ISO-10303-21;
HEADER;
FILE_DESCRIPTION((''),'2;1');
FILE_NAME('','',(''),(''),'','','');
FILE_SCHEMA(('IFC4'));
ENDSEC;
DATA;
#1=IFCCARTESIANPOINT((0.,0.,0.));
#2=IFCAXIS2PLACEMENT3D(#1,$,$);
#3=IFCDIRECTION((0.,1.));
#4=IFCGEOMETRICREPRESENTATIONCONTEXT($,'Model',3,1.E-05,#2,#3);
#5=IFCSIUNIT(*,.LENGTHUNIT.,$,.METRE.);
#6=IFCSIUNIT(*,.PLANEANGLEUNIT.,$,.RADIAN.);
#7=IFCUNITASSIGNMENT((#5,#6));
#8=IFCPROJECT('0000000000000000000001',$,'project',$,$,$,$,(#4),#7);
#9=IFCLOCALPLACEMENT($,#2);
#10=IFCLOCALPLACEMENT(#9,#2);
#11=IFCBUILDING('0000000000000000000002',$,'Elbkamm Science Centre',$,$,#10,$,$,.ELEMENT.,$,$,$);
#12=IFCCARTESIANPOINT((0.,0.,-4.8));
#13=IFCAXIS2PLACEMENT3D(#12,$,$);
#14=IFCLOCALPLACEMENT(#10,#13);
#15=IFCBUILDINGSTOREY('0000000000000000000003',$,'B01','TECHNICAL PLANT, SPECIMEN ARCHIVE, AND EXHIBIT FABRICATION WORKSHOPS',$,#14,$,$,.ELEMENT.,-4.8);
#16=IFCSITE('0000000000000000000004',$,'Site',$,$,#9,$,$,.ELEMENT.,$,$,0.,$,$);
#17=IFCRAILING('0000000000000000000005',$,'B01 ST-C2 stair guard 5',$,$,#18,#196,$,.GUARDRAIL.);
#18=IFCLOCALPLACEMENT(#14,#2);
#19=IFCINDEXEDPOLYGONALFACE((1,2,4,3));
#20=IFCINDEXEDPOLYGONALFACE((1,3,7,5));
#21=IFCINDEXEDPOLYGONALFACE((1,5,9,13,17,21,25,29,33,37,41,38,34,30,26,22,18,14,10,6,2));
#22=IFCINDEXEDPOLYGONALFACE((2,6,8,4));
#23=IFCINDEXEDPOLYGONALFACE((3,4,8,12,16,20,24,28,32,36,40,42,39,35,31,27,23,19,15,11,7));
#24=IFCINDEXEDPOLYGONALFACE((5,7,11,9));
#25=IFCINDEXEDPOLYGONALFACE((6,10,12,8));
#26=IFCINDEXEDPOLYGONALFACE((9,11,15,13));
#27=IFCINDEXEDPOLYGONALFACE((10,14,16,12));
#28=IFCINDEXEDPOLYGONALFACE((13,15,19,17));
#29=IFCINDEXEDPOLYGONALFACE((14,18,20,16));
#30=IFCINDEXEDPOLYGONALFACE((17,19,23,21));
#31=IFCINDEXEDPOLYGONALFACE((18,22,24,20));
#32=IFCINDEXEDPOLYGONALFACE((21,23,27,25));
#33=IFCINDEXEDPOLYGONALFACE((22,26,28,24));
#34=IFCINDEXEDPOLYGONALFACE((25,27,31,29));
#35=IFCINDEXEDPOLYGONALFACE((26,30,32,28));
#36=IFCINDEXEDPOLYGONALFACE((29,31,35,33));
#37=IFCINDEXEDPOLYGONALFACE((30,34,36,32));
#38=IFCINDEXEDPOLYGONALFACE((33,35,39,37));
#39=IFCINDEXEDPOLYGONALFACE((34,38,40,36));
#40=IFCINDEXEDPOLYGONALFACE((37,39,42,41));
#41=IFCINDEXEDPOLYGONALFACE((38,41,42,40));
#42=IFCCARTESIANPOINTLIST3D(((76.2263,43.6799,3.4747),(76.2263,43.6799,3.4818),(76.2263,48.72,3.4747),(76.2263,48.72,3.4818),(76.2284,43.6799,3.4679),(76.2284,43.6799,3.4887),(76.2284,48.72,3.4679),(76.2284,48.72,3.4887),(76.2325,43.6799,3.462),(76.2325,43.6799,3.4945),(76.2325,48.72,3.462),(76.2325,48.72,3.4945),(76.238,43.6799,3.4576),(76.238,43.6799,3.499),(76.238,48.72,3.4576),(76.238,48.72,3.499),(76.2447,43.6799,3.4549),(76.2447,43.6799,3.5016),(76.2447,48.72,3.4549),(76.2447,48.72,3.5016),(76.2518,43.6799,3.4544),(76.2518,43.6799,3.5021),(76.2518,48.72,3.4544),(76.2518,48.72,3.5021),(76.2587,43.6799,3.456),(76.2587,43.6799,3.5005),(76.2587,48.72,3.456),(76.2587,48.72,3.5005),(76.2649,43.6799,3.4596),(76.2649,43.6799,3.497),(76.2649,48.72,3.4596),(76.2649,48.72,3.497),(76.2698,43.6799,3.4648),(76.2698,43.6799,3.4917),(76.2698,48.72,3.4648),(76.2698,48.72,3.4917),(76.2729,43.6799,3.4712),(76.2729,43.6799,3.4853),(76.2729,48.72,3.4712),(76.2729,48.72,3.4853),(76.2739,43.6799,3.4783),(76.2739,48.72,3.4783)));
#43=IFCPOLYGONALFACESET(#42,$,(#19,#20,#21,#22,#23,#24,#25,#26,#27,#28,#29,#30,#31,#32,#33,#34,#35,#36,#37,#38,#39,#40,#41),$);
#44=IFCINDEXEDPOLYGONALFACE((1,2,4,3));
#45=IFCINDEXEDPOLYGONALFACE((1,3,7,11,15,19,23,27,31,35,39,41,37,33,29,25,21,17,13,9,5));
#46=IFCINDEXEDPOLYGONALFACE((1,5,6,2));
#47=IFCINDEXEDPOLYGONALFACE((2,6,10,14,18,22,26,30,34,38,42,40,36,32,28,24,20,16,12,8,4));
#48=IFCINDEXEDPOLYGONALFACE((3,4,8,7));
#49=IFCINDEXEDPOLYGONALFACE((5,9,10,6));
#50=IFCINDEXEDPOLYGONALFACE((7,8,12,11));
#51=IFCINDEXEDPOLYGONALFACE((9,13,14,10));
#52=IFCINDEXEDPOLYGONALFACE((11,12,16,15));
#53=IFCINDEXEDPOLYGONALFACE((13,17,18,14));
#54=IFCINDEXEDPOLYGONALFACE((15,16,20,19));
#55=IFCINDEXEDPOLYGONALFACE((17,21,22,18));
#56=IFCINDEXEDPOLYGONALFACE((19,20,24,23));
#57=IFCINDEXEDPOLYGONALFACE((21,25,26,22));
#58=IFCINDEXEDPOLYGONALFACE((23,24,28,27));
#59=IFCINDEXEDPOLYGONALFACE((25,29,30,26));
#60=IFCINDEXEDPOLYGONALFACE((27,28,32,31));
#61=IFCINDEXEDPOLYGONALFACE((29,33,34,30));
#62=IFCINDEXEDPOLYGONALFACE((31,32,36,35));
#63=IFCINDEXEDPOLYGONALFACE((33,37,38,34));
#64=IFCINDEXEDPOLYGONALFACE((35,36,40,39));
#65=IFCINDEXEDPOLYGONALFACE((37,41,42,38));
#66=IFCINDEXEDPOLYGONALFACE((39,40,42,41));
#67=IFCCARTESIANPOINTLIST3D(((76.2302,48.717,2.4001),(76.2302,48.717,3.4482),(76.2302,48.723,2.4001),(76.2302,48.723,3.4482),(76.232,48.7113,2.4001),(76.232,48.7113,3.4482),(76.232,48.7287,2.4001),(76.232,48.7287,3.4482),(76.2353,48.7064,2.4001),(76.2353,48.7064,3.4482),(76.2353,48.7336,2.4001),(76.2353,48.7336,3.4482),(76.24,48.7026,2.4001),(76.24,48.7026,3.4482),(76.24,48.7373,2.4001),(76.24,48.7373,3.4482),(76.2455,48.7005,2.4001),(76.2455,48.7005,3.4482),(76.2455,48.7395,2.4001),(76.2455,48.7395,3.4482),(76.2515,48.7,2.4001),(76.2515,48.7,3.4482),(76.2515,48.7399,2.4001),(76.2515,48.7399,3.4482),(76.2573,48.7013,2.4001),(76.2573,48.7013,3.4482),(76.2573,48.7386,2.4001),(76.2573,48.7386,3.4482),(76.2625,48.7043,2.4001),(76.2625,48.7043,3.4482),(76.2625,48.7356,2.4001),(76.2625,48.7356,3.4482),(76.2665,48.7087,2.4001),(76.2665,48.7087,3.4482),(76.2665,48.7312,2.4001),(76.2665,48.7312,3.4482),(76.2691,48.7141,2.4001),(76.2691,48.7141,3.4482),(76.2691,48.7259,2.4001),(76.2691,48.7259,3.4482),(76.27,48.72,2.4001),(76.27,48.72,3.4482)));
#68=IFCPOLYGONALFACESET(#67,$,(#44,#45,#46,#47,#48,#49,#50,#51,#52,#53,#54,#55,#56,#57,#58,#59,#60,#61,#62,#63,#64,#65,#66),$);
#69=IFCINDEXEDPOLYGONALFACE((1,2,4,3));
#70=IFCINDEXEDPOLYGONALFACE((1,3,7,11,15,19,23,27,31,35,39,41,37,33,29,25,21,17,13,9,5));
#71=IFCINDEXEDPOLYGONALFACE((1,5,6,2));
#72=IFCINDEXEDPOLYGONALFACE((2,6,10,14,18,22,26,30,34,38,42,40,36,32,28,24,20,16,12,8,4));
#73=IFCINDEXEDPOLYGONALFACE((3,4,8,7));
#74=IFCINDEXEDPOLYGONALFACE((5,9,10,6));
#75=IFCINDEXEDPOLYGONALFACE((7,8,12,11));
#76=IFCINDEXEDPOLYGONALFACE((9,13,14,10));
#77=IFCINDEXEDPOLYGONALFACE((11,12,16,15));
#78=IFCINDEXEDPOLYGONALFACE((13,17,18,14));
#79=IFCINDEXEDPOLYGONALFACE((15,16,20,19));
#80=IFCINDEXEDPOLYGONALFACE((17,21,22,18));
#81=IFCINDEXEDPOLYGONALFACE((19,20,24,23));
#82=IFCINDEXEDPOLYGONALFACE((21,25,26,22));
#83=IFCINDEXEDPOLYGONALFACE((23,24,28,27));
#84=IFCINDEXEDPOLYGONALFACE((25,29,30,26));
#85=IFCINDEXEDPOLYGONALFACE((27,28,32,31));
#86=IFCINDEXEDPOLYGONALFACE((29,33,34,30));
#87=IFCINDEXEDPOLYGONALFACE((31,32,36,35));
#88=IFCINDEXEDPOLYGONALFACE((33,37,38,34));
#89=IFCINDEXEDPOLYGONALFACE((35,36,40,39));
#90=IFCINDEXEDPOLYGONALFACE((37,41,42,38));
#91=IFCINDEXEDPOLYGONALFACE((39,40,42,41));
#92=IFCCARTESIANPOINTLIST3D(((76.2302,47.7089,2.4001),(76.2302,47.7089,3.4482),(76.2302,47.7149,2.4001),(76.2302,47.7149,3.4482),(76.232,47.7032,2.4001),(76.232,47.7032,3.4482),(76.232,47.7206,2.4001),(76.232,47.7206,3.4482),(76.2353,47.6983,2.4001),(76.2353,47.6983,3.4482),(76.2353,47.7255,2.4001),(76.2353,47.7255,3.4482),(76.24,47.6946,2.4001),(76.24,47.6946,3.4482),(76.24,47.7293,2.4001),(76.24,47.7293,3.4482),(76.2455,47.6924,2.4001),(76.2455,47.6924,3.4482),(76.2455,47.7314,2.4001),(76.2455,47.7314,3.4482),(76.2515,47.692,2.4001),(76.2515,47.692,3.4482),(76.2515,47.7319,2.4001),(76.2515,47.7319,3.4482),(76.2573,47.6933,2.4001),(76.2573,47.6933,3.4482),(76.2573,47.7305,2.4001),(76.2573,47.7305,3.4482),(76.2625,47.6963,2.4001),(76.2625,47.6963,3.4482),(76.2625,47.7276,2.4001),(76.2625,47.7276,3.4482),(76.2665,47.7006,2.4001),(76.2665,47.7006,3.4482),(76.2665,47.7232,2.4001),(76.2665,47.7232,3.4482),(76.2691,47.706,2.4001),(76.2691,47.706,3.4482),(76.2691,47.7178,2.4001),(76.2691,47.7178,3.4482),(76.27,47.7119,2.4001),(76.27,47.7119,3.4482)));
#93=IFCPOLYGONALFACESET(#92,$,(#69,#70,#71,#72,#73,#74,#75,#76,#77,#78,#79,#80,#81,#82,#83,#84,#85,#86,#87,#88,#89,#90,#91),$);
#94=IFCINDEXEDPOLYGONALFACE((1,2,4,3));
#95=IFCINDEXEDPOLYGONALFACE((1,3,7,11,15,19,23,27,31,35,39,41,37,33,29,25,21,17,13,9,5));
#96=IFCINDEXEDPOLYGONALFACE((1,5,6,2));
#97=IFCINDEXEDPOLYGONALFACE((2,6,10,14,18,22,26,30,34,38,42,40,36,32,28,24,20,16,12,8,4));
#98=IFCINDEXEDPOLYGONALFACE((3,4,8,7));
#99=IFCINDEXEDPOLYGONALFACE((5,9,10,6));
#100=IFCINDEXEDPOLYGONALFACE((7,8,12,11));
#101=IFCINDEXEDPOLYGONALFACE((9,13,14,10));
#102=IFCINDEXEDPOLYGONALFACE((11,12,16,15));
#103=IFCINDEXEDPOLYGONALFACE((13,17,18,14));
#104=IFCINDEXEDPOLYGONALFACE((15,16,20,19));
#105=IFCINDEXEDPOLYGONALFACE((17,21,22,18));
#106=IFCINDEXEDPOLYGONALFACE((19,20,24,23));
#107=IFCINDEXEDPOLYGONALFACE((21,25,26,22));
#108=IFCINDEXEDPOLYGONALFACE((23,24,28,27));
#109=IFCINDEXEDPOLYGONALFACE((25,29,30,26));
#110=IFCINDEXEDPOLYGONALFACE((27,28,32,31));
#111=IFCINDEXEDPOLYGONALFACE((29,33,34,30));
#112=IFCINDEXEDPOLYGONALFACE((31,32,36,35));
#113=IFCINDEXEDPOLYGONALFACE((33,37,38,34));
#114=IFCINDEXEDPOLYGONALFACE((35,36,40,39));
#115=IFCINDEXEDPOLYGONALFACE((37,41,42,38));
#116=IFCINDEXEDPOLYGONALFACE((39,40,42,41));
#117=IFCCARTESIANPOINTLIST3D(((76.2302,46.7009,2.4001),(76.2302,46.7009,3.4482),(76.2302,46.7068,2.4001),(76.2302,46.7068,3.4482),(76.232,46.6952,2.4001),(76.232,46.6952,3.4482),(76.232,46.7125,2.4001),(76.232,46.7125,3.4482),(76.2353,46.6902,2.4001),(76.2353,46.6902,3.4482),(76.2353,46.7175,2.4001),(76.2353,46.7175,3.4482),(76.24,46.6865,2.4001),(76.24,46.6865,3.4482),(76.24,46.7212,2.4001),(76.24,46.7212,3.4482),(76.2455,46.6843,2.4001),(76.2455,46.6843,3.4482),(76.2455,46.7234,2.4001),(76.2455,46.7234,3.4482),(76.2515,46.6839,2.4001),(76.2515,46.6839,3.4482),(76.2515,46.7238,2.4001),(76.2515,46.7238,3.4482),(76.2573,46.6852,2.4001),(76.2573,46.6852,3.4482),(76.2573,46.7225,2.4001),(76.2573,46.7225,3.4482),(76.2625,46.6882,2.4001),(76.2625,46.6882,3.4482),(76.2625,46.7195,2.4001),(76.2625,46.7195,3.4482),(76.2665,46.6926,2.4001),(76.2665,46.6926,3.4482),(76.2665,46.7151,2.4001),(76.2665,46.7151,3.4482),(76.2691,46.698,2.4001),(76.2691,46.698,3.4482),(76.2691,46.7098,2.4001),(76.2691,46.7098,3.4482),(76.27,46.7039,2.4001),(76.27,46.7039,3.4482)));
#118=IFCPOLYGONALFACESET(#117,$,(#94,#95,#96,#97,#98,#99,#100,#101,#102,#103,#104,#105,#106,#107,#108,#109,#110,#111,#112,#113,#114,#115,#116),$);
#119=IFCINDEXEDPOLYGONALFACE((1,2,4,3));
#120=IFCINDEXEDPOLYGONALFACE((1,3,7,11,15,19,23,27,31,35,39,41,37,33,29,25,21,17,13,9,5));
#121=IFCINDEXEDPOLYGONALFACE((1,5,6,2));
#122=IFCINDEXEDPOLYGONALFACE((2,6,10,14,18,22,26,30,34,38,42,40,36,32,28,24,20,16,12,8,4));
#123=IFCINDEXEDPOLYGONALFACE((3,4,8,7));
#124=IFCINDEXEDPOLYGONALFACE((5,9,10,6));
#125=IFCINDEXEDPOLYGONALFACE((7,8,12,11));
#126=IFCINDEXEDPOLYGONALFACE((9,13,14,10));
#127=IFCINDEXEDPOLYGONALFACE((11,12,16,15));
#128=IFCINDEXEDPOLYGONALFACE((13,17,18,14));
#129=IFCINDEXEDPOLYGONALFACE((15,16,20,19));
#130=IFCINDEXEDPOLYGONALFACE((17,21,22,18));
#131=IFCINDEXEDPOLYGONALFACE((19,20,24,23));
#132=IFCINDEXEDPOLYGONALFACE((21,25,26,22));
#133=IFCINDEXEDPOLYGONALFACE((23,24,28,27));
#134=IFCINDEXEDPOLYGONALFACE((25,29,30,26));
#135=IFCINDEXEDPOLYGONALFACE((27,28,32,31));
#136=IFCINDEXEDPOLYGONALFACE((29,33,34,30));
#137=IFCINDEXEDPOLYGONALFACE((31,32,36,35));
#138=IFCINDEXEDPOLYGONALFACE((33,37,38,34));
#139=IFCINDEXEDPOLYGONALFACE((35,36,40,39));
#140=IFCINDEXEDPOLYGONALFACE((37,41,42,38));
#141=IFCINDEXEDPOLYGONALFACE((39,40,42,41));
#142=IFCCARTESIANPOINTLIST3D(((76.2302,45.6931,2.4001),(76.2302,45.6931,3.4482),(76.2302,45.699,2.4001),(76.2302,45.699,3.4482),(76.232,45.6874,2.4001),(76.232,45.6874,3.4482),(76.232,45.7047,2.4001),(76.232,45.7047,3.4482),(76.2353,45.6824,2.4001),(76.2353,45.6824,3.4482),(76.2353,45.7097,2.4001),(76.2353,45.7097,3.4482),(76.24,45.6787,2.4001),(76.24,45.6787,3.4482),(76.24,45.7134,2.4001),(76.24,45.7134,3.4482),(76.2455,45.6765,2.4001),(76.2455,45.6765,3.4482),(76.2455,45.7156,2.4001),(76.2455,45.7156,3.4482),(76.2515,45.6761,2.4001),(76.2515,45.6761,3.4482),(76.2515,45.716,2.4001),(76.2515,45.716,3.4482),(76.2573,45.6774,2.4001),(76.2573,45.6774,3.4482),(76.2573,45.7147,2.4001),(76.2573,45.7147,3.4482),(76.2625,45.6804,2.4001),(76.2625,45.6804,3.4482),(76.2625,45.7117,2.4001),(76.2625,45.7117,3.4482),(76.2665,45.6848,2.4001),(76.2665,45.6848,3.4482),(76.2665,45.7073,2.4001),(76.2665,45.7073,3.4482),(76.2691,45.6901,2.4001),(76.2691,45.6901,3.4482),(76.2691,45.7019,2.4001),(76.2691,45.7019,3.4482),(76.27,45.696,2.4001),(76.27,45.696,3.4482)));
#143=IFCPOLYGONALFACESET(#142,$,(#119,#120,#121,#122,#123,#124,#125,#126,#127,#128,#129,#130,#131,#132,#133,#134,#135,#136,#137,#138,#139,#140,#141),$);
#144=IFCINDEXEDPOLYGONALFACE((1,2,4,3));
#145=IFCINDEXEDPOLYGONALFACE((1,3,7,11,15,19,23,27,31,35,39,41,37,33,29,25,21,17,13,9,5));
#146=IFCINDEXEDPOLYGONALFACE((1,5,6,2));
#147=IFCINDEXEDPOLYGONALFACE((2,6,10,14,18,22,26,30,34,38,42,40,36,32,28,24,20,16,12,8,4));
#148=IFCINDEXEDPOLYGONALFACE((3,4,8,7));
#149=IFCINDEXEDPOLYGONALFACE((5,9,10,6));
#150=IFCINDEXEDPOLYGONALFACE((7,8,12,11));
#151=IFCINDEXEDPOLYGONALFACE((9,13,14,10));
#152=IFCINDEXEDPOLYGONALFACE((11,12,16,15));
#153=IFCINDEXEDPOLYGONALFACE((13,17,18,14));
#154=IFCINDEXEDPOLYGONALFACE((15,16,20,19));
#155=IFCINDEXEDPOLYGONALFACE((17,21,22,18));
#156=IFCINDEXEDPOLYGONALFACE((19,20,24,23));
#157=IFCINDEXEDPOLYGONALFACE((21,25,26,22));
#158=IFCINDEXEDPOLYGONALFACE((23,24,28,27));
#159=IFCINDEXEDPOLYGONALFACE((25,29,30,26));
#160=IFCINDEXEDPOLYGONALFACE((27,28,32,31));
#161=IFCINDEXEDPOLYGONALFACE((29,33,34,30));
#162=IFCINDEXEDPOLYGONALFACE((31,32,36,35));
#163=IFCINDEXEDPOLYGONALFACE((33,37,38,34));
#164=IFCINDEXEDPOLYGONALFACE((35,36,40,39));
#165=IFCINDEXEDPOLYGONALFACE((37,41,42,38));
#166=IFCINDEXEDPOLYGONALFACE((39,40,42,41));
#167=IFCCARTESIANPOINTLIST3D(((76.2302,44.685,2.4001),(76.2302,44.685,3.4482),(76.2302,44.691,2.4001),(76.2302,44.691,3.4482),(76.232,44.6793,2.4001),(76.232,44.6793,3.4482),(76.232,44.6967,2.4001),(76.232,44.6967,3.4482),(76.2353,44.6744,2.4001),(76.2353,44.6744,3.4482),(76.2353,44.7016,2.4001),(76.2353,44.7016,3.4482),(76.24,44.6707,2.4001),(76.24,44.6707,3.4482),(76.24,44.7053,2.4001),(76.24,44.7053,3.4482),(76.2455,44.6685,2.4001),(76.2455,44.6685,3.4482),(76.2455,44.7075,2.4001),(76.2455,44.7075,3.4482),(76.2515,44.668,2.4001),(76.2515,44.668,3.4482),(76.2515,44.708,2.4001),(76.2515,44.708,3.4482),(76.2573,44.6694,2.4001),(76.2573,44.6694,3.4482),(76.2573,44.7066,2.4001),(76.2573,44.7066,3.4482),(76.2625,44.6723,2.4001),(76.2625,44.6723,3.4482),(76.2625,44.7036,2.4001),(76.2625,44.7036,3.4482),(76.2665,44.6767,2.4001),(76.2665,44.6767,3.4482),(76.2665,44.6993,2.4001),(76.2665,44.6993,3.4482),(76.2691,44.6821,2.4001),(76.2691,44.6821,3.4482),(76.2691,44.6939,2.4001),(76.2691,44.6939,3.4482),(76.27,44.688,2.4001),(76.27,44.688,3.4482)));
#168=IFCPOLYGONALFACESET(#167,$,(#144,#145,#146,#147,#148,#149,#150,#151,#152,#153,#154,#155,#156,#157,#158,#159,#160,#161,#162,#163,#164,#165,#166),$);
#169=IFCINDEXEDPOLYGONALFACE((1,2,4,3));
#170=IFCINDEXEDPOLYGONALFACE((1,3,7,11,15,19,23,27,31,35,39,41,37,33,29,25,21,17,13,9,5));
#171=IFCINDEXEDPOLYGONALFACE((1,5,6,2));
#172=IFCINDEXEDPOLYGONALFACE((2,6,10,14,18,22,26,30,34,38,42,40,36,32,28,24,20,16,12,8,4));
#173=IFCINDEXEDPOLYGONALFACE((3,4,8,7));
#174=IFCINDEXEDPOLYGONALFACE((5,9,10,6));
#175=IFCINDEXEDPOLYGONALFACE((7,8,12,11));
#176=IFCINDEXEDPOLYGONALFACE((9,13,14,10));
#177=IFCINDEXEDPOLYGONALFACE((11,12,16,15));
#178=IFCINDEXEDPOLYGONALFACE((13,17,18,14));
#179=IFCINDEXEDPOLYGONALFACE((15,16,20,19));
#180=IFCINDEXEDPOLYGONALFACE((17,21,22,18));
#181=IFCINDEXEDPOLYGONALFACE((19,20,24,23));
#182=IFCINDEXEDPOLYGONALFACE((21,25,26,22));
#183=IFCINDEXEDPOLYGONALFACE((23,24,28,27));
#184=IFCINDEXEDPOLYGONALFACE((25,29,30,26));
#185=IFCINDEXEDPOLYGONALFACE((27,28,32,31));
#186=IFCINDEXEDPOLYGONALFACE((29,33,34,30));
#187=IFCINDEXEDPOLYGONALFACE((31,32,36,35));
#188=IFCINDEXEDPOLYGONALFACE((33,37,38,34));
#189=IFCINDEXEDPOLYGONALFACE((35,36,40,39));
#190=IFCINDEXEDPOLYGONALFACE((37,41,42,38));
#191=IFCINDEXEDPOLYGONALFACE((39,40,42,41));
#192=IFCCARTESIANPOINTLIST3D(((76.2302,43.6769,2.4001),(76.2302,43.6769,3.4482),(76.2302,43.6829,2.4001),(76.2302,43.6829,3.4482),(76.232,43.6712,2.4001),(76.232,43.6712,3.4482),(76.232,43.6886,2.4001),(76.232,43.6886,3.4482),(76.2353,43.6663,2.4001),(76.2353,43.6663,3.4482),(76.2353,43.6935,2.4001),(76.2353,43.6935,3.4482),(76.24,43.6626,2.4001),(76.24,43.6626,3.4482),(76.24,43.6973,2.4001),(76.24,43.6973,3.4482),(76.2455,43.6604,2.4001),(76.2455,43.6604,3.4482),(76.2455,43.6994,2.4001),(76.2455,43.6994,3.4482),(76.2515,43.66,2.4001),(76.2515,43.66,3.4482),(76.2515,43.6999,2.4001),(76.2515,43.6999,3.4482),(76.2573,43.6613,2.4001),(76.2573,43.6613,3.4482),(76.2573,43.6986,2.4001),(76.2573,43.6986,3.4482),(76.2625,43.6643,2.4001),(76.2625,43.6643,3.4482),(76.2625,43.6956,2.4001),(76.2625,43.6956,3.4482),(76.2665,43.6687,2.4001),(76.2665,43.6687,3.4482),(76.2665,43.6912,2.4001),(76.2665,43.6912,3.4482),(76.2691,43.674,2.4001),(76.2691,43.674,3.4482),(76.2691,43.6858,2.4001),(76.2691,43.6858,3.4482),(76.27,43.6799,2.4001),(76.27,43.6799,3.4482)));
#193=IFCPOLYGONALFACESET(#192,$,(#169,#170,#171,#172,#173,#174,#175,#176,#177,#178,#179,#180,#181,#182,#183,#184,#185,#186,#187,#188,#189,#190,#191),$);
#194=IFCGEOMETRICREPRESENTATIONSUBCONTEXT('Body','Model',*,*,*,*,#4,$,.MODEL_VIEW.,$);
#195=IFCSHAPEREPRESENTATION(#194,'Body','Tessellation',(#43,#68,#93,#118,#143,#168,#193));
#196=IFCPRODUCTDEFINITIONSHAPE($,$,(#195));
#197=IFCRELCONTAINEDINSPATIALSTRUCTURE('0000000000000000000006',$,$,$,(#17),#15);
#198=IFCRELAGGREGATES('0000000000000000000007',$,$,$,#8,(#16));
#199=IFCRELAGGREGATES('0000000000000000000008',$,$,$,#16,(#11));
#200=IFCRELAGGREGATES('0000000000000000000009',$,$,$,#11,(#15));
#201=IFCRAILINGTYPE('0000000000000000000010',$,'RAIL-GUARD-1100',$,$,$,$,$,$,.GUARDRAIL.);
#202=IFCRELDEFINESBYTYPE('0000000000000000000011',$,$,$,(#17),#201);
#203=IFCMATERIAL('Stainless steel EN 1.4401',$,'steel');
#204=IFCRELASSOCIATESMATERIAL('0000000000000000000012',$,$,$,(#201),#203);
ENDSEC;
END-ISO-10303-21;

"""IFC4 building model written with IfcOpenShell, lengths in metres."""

from ifc_helpers import new_model, si_unit, direction, frame, origin, origin_2d, place, context, subcontext, project, spatial, circle, extrude, material, type_object, element, save


model = new_model("IFC4")

# Units and contexts
model_context = context("Model", 3, precision=1e-05, world=origin(), true_north=direction((0.0, 1.0)))
body_context = subcontext(model_context, "Body", "Model", "MODEL_VIEW")
ifc_project = project(units=[si_unit("LENGTHUNIT", "METRE"), si_unit("PLANEANGLEUNIT", "RADIAN")], contexts=[model_context])

# Site, building, storey
site_placement = place(None, origin())
site = spatial("IfcSite", under=ifc_project, at=site_placement, Name="Site", CompositionType="ELEMENT", RefElevation=0.0)
building_placement = place(site_placement, origin())
building = spatial("IfcBuilding", under=site, at=building_placement, Name="Elbkamm Science Centre", CompositionType="ELEMENT")
storey_placement = place(building_placement, frame((0.0, 0.0, -4.8)))
storey = spatial("IfcBuildingStorey", under=building, at=storey_placement, Name="B01", Description="TECHNICAL PLANT, SPECIMEN ARCHIVE, AND EXHIBIT FABRICATION WORKSHOPS", CompositionType="ELEMENT", Elevation=-4.8)

# Railing
ifc_material_1 = material(Name="Stainless steel EN 1.4401", Category="steel")
railing_type_1 = type_object("IfcRailingType", Name="RAIL-GUARD-1100", PredefinedType="GUARDRAIL", material=ifc_material_1)
railing_1_placement = place(storey_placement, frame((76.25, 48.72, 2.4001)))
element("IfcRailing", 1, at=railing_1_placement, inside=storey, type_object=railing_type_1, Name="B01 ST-C2 stair guard 5", PredefinedType="GUARDRAIL", context=body_context, shape_type="SweptSolid", body=[
    extrude(circle(Radius=0.0239, at=origin_2d()), frame((0.0, 0.0, 1.0781), z_axis=(0.0, -1.0, 0.0), x_axis=(1.0, 0.0, 0.0)), (0.0, 0.0, 1.0), 5.04),
    extrude(circle(Radius=0.02, at=origin_2d()), origin(), (0.0, 0.0, 1.0), 1.0481),
    extrude(circle(Radius=0.02, at=origin_2d()), frame((0.0, -1.0081, 0.0)), (0.0, 0.0, 1.0), 1.0481),
    extrude(circle(Radius=0.02, at=origin_2d()), frame((0.0, -2.0161, 0.0)), (0.0, 0.0, 1.0), 1.0481),
    extrude(circle(Radius=0.02, at=origin_2d()), frame((0.0, -3.0239, 0.0)), (0.0, 0.0, 1.0), 1.0481),
    extrude(circle(Radius=0.02, at=origin_2d()), frame((0.0, -4.032, 0.0)), (0.0, 0.0, 1.0), 1.0481),
    extrude(circle(Radius=0.02, at=origin_2d()), frame((0.0, -5.04, 0.0)), (0.0, 0.0, 1.0), 1.0481),
])

save(model, "model.ifc")
